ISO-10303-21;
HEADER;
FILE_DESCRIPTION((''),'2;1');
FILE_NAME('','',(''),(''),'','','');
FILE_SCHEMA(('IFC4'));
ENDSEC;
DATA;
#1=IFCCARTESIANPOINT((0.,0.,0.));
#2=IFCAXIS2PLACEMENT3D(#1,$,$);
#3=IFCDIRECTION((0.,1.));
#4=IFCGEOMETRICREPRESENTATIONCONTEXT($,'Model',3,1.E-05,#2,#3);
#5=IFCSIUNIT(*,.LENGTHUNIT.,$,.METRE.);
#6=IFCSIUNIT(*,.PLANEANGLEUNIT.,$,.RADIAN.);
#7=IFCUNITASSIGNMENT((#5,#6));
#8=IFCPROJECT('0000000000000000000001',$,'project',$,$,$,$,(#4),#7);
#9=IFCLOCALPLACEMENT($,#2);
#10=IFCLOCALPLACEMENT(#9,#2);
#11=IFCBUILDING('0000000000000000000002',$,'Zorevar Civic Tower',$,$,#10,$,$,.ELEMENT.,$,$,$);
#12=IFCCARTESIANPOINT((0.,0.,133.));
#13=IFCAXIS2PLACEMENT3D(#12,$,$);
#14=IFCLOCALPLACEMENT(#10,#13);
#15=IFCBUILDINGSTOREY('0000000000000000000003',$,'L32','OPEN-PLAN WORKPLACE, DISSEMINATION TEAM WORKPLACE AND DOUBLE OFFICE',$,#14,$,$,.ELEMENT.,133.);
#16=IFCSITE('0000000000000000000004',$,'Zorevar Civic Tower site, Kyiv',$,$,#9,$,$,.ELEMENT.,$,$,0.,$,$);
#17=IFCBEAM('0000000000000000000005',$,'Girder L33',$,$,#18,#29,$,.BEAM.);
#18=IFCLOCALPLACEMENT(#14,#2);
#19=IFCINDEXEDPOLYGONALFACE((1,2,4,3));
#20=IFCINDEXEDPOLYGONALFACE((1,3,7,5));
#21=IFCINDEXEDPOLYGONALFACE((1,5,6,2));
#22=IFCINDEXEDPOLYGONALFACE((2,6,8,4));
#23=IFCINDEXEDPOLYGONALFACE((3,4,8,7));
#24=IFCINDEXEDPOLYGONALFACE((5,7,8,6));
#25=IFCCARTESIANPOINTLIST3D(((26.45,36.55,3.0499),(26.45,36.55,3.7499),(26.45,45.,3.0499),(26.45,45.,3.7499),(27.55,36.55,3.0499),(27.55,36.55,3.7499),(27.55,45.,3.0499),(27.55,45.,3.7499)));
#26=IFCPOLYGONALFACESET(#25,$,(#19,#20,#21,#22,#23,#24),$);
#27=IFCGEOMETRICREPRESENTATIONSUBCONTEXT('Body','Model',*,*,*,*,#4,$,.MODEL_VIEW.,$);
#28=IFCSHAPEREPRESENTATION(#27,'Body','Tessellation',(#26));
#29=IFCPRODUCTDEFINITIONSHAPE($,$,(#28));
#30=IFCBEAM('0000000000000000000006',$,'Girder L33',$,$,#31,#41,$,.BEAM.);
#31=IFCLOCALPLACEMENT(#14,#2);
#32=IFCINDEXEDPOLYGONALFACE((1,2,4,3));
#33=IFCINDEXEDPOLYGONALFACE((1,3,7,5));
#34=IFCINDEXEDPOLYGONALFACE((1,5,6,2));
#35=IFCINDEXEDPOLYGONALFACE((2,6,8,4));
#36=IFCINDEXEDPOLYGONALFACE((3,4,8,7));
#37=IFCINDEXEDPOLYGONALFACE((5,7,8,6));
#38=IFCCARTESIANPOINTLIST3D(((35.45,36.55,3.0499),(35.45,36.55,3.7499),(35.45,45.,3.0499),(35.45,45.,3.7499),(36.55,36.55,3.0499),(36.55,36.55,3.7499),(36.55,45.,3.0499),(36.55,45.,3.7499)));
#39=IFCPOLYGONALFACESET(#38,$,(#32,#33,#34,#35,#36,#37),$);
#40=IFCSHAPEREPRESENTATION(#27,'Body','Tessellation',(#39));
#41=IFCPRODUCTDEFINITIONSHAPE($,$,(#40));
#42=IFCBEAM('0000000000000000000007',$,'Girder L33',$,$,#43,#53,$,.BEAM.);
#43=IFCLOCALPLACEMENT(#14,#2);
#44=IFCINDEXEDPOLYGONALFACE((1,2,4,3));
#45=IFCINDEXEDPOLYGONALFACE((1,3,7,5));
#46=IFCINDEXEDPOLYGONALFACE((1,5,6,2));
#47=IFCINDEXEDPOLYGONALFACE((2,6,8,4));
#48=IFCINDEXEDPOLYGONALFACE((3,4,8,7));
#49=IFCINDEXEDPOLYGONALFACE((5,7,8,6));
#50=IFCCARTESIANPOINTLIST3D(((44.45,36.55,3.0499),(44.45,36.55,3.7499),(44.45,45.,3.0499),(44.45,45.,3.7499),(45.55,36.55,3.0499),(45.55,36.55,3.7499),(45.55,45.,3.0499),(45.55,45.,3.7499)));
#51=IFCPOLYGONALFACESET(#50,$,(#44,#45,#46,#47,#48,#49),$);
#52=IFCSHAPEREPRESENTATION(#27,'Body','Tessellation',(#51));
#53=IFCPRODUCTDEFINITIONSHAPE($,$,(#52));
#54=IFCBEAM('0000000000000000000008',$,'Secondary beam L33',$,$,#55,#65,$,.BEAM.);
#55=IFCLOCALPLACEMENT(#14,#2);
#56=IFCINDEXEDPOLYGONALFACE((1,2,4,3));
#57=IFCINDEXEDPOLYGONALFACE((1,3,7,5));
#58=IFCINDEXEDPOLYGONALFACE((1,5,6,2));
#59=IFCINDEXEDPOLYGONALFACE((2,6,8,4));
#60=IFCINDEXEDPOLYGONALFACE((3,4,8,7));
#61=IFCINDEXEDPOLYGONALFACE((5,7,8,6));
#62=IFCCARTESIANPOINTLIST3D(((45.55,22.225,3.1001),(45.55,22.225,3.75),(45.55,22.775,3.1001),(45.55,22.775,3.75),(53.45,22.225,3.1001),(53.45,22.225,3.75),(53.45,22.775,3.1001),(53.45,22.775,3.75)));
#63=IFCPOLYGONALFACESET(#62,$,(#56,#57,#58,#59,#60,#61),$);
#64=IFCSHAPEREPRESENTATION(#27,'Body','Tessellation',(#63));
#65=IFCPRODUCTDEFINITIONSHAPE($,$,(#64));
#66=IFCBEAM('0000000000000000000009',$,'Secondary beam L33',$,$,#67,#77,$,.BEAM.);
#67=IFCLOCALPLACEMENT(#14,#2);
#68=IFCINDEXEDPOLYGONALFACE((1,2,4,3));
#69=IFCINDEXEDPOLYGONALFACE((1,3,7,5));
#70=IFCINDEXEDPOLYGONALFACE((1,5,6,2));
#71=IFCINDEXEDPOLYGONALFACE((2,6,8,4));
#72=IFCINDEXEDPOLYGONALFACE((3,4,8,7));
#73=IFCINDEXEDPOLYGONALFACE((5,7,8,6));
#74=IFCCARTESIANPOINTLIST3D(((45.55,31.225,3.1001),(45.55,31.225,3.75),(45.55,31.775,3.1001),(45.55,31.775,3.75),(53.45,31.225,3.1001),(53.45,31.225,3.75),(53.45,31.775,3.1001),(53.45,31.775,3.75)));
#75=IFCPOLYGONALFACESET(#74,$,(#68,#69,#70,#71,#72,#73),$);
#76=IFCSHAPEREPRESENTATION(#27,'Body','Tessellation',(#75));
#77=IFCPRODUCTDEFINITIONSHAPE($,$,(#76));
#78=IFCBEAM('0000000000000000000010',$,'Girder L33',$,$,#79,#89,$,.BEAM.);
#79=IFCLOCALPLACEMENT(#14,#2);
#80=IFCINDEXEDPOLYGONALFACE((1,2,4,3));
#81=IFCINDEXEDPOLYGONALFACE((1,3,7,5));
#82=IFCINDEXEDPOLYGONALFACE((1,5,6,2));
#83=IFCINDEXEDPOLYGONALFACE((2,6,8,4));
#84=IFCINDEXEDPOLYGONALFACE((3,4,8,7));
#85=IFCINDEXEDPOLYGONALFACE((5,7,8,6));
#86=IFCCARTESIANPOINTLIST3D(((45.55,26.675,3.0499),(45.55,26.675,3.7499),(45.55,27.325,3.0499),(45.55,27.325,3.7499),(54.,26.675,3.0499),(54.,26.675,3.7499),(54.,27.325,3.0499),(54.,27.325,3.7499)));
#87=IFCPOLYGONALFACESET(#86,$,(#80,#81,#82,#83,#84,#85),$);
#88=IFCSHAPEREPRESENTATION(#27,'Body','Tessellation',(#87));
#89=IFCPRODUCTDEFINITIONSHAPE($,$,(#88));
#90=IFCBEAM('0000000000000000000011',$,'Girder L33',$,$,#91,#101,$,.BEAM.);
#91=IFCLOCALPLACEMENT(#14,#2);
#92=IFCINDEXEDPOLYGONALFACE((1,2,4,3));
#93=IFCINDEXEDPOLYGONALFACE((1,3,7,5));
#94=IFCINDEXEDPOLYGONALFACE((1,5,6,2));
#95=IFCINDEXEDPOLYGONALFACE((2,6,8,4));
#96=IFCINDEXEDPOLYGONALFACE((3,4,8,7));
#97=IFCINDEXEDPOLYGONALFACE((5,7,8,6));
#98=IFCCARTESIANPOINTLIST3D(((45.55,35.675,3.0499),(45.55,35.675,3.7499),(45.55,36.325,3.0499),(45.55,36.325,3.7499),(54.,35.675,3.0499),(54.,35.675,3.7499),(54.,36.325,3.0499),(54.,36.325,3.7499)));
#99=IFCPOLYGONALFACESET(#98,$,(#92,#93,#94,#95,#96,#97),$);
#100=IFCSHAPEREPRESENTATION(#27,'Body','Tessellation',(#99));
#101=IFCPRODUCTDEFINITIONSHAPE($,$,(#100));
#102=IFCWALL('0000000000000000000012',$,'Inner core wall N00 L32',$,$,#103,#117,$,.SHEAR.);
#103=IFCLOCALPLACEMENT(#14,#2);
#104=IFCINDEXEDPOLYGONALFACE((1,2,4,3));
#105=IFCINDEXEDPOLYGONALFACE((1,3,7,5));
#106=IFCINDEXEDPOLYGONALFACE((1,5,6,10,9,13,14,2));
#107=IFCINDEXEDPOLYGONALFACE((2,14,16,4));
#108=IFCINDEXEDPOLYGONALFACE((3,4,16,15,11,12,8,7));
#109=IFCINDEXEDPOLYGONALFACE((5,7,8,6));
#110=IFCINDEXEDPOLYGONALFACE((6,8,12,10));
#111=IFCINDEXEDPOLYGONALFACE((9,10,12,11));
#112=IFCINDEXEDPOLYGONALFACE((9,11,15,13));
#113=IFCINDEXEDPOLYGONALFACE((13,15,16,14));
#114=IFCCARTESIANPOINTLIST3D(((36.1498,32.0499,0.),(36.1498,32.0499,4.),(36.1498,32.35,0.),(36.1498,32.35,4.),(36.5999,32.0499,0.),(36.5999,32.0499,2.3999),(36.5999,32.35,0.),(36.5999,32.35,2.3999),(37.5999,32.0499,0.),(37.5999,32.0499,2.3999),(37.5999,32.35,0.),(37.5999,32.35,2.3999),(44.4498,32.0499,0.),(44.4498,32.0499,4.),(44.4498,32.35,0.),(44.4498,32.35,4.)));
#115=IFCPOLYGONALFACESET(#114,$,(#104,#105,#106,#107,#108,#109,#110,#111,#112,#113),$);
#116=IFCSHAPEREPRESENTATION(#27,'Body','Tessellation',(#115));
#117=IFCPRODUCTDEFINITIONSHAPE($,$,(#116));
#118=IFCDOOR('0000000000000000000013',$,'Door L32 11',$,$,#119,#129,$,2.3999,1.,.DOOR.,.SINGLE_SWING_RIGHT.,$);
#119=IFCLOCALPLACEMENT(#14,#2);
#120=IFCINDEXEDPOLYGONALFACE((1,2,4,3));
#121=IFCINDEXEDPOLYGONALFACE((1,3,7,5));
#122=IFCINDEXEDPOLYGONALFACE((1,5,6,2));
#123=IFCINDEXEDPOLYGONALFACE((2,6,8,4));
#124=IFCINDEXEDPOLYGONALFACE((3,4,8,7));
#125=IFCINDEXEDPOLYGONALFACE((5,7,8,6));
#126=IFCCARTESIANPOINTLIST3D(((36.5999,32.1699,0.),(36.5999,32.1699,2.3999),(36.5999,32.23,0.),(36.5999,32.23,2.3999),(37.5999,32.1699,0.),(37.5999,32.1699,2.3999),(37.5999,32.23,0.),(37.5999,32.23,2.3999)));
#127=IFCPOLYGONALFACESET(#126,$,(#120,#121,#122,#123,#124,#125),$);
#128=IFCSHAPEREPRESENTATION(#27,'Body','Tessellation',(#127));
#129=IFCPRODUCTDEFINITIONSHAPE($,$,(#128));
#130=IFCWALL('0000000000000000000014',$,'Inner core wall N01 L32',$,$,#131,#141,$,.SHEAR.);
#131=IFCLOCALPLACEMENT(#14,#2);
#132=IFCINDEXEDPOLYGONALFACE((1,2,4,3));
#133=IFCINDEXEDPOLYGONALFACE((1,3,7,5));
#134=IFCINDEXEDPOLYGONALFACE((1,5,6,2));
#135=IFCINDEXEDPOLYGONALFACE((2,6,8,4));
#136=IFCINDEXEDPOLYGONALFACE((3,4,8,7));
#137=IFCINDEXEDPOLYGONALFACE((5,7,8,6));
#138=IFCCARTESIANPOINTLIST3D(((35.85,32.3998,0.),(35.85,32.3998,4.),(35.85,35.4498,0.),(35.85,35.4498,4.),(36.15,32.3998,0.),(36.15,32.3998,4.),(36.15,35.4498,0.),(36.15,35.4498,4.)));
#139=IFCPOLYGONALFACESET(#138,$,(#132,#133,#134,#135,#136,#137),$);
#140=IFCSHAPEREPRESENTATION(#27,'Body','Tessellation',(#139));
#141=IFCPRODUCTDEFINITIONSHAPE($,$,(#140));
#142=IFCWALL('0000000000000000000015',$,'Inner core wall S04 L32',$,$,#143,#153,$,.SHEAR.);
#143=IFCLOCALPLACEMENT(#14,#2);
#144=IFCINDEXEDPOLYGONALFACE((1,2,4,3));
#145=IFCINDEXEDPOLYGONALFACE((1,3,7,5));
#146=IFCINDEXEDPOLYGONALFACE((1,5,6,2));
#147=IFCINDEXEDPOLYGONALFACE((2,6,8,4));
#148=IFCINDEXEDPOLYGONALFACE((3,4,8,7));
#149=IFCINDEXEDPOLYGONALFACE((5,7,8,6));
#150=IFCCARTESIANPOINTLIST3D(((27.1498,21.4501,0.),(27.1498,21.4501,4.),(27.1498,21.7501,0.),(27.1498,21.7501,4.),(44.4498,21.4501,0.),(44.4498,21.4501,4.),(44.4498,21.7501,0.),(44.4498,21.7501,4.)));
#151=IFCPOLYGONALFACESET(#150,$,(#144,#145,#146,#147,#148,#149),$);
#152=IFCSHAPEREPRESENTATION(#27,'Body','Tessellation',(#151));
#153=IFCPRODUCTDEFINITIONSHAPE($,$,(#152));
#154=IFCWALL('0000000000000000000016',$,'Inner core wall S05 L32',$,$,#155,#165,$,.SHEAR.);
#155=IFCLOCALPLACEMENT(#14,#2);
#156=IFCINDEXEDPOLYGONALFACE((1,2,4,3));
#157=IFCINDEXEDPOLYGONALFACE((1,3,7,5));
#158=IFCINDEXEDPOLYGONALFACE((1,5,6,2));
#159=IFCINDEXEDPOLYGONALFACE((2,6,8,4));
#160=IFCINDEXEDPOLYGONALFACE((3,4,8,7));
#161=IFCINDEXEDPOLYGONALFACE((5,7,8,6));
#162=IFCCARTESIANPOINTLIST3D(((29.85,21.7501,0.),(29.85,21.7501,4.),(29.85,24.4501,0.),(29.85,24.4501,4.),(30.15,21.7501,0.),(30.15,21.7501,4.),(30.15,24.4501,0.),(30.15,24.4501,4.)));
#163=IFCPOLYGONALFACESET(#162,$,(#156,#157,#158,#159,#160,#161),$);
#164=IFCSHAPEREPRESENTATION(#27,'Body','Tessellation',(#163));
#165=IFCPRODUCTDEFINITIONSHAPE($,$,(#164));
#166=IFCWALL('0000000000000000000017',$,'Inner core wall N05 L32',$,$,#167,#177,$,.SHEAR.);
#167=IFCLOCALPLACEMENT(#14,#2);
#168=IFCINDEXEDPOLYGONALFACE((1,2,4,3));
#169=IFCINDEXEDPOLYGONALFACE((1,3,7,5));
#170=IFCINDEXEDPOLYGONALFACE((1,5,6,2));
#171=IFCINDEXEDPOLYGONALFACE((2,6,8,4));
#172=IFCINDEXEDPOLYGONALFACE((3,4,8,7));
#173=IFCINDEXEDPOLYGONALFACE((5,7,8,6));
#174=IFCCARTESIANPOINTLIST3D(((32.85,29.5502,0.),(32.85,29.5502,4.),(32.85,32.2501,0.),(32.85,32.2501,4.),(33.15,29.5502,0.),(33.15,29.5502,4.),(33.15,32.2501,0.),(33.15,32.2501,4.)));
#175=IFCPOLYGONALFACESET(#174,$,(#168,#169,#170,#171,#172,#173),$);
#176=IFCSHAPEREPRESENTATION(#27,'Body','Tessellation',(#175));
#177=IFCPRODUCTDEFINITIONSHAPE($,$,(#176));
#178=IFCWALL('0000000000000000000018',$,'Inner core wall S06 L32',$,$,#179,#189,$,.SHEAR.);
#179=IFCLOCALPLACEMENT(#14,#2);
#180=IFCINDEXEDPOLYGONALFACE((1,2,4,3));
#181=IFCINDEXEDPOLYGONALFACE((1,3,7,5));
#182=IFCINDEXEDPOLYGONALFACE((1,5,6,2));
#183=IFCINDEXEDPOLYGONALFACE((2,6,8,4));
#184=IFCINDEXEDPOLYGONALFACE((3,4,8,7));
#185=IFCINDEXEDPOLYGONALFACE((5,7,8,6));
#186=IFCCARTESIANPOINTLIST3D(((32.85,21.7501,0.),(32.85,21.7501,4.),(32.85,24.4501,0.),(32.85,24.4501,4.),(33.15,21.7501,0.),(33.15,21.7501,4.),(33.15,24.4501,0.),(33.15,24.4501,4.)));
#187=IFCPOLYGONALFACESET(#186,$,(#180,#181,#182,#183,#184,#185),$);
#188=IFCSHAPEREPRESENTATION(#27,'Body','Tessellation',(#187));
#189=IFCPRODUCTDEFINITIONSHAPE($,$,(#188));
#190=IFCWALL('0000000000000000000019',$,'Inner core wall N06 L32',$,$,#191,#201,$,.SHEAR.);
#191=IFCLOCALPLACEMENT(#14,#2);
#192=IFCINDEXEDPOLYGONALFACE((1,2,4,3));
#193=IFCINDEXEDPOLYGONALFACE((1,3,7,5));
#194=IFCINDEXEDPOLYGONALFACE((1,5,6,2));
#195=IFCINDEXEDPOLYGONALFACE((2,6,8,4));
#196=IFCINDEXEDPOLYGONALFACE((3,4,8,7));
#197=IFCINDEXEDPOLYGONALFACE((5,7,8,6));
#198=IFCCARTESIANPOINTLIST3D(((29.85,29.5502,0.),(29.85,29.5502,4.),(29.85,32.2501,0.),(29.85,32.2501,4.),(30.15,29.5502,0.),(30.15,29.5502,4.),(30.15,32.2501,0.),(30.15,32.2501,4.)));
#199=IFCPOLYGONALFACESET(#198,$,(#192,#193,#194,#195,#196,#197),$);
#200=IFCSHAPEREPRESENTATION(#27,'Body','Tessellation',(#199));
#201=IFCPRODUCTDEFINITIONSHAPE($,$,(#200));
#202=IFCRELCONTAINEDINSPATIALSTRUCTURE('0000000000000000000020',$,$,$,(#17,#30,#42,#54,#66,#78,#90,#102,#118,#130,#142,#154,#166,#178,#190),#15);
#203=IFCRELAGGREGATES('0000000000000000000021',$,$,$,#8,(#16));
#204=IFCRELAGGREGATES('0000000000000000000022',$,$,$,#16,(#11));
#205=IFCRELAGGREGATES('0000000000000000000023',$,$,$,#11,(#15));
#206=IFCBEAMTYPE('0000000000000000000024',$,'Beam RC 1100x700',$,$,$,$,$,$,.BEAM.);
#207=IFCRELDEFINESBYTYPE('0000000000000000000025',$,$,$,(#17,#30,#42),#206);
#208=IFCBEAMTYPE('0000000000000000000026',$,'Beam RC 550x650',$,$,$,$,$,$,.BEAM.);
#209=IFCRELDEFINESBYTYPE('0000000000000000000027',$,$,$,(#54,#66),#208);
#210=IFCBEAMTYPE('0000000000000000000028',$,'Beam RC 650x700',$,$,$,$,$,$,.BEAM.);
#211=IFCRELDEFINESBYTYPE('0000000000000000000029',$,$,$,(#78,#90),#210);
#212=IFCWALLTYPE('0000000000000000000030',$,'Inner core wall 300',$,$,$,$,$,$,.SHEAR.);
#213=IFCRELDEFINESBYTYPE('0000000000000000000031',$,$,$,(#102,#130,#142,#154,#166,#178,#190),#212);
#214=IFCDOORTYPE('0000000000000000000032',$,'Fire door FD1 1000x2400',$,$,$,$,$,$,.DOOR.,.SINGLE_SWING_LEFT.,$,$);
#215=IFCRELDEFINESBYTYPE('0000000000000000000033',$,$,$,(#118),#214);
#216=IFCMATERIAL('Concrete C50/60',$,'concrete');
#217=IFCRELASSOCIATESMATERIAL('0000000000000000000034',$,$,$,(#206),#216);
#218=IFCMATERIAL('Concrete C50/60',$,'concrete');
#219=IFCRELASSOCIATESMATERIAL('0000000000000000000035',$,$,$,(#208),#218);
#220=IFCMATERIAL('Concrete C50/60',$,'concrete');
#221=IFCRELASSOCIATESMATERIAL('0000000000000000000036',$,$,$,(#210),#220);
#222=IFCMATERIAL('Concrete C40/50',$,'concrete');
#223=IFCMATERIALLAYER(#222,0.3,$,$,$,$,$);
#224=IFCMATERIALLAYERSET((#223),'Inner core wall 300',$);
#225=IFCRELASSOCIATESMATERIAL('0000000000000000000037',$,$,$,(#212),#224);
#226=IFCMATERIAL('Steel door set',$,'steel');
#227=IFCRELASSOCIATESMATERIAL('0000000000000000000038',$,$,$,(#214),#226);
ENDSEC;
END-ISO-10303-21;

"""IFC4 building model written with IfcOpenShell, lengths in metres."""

from ifc_helpers import new_model, si_unit, direction, frame, frame_2d, origin, origin_2d, place, context, subcontext, project, spatial, rectangle, extrude, material, layer, layer_set, material_profile, profile_set, type_object, element, fill, save


model = new_model("IFC4")

# Units and contexts
model_context = context("Model", 3, precision=1e-05, world=origin(), true_north=direction((0.0, 1.0)))
body_context = subcontext(model_context, "Body", "Model", "MODEL_VIEW")
ifc_project = project(units=[si_unit("LENGTHUNIT", "METRE"), si_unit("PLANEANGLEUNIT", "RADIAN")], contexts=[model_context])

# Site, building, storey
site_placement = place(None, origin())
site = spatial("IfcSite", under=ifc_project, at=site_placement, Name="Zorevar Civic Tower site, Kyiv", CompositionType="ELEMENT", RefElevation=0.0)
building_placement = place(site_placement, origin())
building = spatial("IfcBuilding", under=site, at=building_placement, Name="Zorevar Civic Tower", CompositionType="ELEMENT")
storey_placement = place(building_placement, frame((0.0, 0.0, 133.0)))
storey = spatial("IfcBuildingStorey", under=building, at=storey_placement, Name="L32", Description="OPEN-PLAN WORKPLACE, DISSEMINATION TEAM WORKPLACE AND DOUBLE OFFICE", CompositionType="ELEMENT", Elevation=133.0)

# Beams
ifc_material_1 = material(Name="Concrete C50/60", Category="concrete")
ifc_material_profile_1 = material_profile(ifc_material_1, rectangle(XDim=1.1001, YDim=0.7, at=origin_2d()), Name="RC 1100x700")
ifc_profile_set_1 = profile_set([ifc_material_profile_1], Name="Concrete C50/60")
beam_type_1 = type_object("IfcBeamType", Name="Beam RC 1100x700", PredefinedType="BEAM", material=ifc_profile_set_1)
for number, where, z_axis, x_axis, name in (
    (1, (27.0, 36.55, 3.3999), (0.0, 1.0, 0.0), (-1.0, 0.0, 0.0), "Girder L33"),
    (2, (36.0, 36.55, 3.3999), (0.0, 1.0, 0.0), (-1.0, 0.0, 0.0), "Girder L33"),
    (3, (45.0, 36.55, 3.3999), (0.0, 1.0, 0.0), (-1.0, 0.0, 0.0), "Girder L33"),
):
    element("IfcBeam", number, at=place(storey_placement, frame(where, z_axis=z_axis, x_axis=x_axis)), inside=storey, type_object=beam_type_1, Name=name, PredefinedType="BEAM", context=body_context, shape_type="SweptSolid", body=[
        extrude(rectangle(XDim=1.1001, YDim=0.7, at=origin_2d()), origin(), (0.0, 0.0, 1.0), 8.45),
    ])
ifc_material_2 = material(Name="Concrete C50/60", Category="concrete")
ifc_material_profile_2 = material_profile(ifc_material_2, rectangle(XDim=0.55, YDim=0.6499, at=origin_2d()), Name="RC 550x650")
ifc_profile_set_2 = profile_set([ifc_material_profile_2], Name="Concrete C50/60")
beam_type_2 = type_object("IfcBeamType", Name="Beam RC 550x650", PredefinedType="BEAM", material=ifc_profile_set_2)
for number, where, z_axis, x_axis, name in (
    (4, (45.55, 22.5, 3.425), (1.0, 0.0, 0.0), (0.0, 1.0, 0.0), "Secondary beam L33"),
    (5, (45.55, 31.5, 3.425), (1.0, 0.0, 0.0), (0.0, 1.0, 0.0), "Secondary beam L33"),
):
    element("IfcBeam", number, at=place(storey_placement, frame(where, z_axis=z_axis, x_axis=x_axis)), inside=storey, type_object=beam_type_2, Name=name, PredefinedType="BEAM", context=body_context, shape_type="SweptSolid", body=[
        extrude(rectangle(XDim=0.55, YDim=0.6499, at=origin_2d()), origin(), (0.0, 0.0, 1.0), 7.8999),
    ])
ifc_material_3 = material(Name="Concrete C50/60", Category="concrete")
ifc_material_profile_3 = material_profile(ifc_material_3, rectangle(XDim=0.6499, YDim=0.7, at=origin_2d()), Name="RC 650x700")
ifc_profile_set_3 = profile_set([ifc_material_profile_3], Name="Concrete C50/60")
beam_type_3 = type_object("IfcBeamType", Name="Beam RC 650x700", PredefinedType="BEAM", material=ifc_profile_set_3)
for number, where, z_axis, x_axis, name in (
    (6, (45.55, 27.0, 3.3999), (1.0, 0.0, 0.0), (0.0, 1.0, 0.0), "Girder L33"),
    (7, (45.55, 36.0, 3.3999), (1.0, 0.0, 0.0), (0.0, 1.0, 0.0), "Girder L33"),
):
    element("IfcBeam", number, at=place(storey_placement, frame(where, z_axis=z_axis, x_axis=x_axis)), inside=storey, type_object=beam_type_3, Name=name, PredefinedType="BEAM", context=body_context, shape_type="SweptSolid", body=[
        extrude(rectangle(XDim=0.6499, YDim=0.7, at=origin_2d()), origin(), (0.0, 0.0, 1.0), 8.45),
    ])

# Wall, opening, door
ifc_material_4 = material(Name="Concrete C40/50", Category="concrete")
ifc_layer_1 = layer(ifc_material_4, 0.3)
ifc_layer_set_1 = layer_set([ifc_layer_1], Name="Inner core wall 300")
wall_type_1 = type_object("IfcWallType", Name="Inner core wall 300", PredefinedType="SHEAR", material=ifc_layer_set_1)
wall_1_placement = place(storey_placement, frame((36.1499, 32.2, 0.0), z_axis=(0.0, 0.0, 1.0), x_axis=(1.0, 0.0, 0.0)))
wall_1 = element("IfcWall", 8, at=wall_1_placement, inside=storey, type_object=wall_type_1, Name="Inner core wall N00 L32", PredefinedType="SHEAR", context=body_context, shape_type="SweptSolid", body=[
    extrude(rectangle(XDim=8.3, YDim=0.3, at=frame_2d((4.1499, 0.0))), origin(), (0.0, 0.0, 1.0), 4.0),
])
opening_1_placement = place(wall_1_placement, frame((0.45, 0.0, 0.0)))
opening_1 = element("IfcOpeningElement", 9, at=opening_1_placement, cuts=wall_1, PredefinedType="OPENING", context=body_context, shape_type="SweptSolid", body=[
    extrude(rectangle(XDim=1.0, YDim=2.3999, at=frame_2d((0.5, 1.2))), frame((0.0, 0.1599, 0.0), z_axis=(0.0, -1.0, 0.0), x_axis=(1.0, 0.0, 0.0)), (0.0, 0.0, 1.0), 0.3201),
])
ifc_material_5 = material(Name="Steel door set", Category="steel")
door_type_1 = type_object("IfcDoorType", Name="Fire door FD1 1000x2400", OperationType="SINGLE_SWING_LEFT", PredefinedType="DOOR", material=ifc_material_5)
door_1_placement = place(opening_1_placement, origin())
door_1 = element("IfcDoor", 10, at=door_1_placement, inside=storey, type_object=door_type_1, Name="Door L32 11", OperationType="SINGLE_SWING_RIGHT", OverallHeight=2.3999, OverallWidth=1.0, PredefinedType="DOOR", context=body_context, shape_type="SweptSolid", body=[
    extrude(rectangle(XDim=1.0, YDim=2.3999, at=frame_2d((0.5, 1.2))), frame((0.0, 0.03, 0.0), z_axis=(0.0, -1.0, 0.0), x_axis=(1.0, 0.0, 0.0)), (0.0, 0.0, 1.0), 0.0601),
])
fill(opening_1, door_1)

# Wall
wall_2_placement = place(storey_placement, frame((36.0, 32.3999, 0.0), z_axis=(0.0, 0.0, 1.0), x_axis=(0.0, 1.0, 0.0)))
element("IfcWall", 11, at=wall_2_placement, inside=storey, type_object=wall_type_1, Name="Inner core wall N01 L32", PredefinedType="SHEAR", context=body_context, shape_type="SweptSolid", body=[
    extrude(rectangle(XDim=3.05, YDim=0.3, at=frame_2d((1.5249, 0.0))), origin(), (0.0, 0.0, 1.0), 4.0),
])

# Walls
wall_3_placement = place(storey_placement, frame((27.1499, 21.6001, 0.0), z_axis=(0.0, 0.0, 1.0), x_axis=(1.0, 0.0, 0.0)))
element("IfcWall", 12, at=wall_3_placement, inside=storey, type_object=wall_type_1, Name="Inner core wall S04 L32", PredefinedType="SHEAR", context=body_context, shape_type="SweptSolid", body=[
    extrude(rectangle(XDim=17.3, YDim=0.3, at=frame_2d((8.6499, 0.0))), origin(), (0.0, 0.0, 1.0), 4.0),
])
for number, where, z_axis, x_axis, name in (
    (13, (30.0, 21.75, 0.0), (0.0, 0.0, 1.0), (0.0, 1.0, 0.0), "Inner core wall S05 L32"),
    (14, (33.0, 29.55, 0.0), (0.0, 0.0, 1.0), (0.0, 1.0, 0.0), "Inner core wall N05 L32"),
    (15, (33.0, 21.75, 0.0), (0.0, 0.0, 1.0), (0.0, 1.0, 0.0), "Inner core wall S06 L32"),
    (16, (30.0, 29.55, 0.0), (0.0, 0.0, 1.0), (0.0, 1.0, 0.0), "Inner core wall N06 L32"),
):
    element("IfcWall", number, at=place(storey_placement, frame(where, z_axis=z_axis, x_axis=x_axis)), inside=storey, type_object=wall_type_1, Name=name, PredefinedType="SHEAR", context=body_context, shape_type="SweptSolid", body=[
        extrude(rectangle(XDim=2.7, YDim=0.3, at=frame_2d((1.3501, 0.0))), origin(), (0.0, 0.0, 1.0), 4.0),
    ])

save(model, "model.ifc")
